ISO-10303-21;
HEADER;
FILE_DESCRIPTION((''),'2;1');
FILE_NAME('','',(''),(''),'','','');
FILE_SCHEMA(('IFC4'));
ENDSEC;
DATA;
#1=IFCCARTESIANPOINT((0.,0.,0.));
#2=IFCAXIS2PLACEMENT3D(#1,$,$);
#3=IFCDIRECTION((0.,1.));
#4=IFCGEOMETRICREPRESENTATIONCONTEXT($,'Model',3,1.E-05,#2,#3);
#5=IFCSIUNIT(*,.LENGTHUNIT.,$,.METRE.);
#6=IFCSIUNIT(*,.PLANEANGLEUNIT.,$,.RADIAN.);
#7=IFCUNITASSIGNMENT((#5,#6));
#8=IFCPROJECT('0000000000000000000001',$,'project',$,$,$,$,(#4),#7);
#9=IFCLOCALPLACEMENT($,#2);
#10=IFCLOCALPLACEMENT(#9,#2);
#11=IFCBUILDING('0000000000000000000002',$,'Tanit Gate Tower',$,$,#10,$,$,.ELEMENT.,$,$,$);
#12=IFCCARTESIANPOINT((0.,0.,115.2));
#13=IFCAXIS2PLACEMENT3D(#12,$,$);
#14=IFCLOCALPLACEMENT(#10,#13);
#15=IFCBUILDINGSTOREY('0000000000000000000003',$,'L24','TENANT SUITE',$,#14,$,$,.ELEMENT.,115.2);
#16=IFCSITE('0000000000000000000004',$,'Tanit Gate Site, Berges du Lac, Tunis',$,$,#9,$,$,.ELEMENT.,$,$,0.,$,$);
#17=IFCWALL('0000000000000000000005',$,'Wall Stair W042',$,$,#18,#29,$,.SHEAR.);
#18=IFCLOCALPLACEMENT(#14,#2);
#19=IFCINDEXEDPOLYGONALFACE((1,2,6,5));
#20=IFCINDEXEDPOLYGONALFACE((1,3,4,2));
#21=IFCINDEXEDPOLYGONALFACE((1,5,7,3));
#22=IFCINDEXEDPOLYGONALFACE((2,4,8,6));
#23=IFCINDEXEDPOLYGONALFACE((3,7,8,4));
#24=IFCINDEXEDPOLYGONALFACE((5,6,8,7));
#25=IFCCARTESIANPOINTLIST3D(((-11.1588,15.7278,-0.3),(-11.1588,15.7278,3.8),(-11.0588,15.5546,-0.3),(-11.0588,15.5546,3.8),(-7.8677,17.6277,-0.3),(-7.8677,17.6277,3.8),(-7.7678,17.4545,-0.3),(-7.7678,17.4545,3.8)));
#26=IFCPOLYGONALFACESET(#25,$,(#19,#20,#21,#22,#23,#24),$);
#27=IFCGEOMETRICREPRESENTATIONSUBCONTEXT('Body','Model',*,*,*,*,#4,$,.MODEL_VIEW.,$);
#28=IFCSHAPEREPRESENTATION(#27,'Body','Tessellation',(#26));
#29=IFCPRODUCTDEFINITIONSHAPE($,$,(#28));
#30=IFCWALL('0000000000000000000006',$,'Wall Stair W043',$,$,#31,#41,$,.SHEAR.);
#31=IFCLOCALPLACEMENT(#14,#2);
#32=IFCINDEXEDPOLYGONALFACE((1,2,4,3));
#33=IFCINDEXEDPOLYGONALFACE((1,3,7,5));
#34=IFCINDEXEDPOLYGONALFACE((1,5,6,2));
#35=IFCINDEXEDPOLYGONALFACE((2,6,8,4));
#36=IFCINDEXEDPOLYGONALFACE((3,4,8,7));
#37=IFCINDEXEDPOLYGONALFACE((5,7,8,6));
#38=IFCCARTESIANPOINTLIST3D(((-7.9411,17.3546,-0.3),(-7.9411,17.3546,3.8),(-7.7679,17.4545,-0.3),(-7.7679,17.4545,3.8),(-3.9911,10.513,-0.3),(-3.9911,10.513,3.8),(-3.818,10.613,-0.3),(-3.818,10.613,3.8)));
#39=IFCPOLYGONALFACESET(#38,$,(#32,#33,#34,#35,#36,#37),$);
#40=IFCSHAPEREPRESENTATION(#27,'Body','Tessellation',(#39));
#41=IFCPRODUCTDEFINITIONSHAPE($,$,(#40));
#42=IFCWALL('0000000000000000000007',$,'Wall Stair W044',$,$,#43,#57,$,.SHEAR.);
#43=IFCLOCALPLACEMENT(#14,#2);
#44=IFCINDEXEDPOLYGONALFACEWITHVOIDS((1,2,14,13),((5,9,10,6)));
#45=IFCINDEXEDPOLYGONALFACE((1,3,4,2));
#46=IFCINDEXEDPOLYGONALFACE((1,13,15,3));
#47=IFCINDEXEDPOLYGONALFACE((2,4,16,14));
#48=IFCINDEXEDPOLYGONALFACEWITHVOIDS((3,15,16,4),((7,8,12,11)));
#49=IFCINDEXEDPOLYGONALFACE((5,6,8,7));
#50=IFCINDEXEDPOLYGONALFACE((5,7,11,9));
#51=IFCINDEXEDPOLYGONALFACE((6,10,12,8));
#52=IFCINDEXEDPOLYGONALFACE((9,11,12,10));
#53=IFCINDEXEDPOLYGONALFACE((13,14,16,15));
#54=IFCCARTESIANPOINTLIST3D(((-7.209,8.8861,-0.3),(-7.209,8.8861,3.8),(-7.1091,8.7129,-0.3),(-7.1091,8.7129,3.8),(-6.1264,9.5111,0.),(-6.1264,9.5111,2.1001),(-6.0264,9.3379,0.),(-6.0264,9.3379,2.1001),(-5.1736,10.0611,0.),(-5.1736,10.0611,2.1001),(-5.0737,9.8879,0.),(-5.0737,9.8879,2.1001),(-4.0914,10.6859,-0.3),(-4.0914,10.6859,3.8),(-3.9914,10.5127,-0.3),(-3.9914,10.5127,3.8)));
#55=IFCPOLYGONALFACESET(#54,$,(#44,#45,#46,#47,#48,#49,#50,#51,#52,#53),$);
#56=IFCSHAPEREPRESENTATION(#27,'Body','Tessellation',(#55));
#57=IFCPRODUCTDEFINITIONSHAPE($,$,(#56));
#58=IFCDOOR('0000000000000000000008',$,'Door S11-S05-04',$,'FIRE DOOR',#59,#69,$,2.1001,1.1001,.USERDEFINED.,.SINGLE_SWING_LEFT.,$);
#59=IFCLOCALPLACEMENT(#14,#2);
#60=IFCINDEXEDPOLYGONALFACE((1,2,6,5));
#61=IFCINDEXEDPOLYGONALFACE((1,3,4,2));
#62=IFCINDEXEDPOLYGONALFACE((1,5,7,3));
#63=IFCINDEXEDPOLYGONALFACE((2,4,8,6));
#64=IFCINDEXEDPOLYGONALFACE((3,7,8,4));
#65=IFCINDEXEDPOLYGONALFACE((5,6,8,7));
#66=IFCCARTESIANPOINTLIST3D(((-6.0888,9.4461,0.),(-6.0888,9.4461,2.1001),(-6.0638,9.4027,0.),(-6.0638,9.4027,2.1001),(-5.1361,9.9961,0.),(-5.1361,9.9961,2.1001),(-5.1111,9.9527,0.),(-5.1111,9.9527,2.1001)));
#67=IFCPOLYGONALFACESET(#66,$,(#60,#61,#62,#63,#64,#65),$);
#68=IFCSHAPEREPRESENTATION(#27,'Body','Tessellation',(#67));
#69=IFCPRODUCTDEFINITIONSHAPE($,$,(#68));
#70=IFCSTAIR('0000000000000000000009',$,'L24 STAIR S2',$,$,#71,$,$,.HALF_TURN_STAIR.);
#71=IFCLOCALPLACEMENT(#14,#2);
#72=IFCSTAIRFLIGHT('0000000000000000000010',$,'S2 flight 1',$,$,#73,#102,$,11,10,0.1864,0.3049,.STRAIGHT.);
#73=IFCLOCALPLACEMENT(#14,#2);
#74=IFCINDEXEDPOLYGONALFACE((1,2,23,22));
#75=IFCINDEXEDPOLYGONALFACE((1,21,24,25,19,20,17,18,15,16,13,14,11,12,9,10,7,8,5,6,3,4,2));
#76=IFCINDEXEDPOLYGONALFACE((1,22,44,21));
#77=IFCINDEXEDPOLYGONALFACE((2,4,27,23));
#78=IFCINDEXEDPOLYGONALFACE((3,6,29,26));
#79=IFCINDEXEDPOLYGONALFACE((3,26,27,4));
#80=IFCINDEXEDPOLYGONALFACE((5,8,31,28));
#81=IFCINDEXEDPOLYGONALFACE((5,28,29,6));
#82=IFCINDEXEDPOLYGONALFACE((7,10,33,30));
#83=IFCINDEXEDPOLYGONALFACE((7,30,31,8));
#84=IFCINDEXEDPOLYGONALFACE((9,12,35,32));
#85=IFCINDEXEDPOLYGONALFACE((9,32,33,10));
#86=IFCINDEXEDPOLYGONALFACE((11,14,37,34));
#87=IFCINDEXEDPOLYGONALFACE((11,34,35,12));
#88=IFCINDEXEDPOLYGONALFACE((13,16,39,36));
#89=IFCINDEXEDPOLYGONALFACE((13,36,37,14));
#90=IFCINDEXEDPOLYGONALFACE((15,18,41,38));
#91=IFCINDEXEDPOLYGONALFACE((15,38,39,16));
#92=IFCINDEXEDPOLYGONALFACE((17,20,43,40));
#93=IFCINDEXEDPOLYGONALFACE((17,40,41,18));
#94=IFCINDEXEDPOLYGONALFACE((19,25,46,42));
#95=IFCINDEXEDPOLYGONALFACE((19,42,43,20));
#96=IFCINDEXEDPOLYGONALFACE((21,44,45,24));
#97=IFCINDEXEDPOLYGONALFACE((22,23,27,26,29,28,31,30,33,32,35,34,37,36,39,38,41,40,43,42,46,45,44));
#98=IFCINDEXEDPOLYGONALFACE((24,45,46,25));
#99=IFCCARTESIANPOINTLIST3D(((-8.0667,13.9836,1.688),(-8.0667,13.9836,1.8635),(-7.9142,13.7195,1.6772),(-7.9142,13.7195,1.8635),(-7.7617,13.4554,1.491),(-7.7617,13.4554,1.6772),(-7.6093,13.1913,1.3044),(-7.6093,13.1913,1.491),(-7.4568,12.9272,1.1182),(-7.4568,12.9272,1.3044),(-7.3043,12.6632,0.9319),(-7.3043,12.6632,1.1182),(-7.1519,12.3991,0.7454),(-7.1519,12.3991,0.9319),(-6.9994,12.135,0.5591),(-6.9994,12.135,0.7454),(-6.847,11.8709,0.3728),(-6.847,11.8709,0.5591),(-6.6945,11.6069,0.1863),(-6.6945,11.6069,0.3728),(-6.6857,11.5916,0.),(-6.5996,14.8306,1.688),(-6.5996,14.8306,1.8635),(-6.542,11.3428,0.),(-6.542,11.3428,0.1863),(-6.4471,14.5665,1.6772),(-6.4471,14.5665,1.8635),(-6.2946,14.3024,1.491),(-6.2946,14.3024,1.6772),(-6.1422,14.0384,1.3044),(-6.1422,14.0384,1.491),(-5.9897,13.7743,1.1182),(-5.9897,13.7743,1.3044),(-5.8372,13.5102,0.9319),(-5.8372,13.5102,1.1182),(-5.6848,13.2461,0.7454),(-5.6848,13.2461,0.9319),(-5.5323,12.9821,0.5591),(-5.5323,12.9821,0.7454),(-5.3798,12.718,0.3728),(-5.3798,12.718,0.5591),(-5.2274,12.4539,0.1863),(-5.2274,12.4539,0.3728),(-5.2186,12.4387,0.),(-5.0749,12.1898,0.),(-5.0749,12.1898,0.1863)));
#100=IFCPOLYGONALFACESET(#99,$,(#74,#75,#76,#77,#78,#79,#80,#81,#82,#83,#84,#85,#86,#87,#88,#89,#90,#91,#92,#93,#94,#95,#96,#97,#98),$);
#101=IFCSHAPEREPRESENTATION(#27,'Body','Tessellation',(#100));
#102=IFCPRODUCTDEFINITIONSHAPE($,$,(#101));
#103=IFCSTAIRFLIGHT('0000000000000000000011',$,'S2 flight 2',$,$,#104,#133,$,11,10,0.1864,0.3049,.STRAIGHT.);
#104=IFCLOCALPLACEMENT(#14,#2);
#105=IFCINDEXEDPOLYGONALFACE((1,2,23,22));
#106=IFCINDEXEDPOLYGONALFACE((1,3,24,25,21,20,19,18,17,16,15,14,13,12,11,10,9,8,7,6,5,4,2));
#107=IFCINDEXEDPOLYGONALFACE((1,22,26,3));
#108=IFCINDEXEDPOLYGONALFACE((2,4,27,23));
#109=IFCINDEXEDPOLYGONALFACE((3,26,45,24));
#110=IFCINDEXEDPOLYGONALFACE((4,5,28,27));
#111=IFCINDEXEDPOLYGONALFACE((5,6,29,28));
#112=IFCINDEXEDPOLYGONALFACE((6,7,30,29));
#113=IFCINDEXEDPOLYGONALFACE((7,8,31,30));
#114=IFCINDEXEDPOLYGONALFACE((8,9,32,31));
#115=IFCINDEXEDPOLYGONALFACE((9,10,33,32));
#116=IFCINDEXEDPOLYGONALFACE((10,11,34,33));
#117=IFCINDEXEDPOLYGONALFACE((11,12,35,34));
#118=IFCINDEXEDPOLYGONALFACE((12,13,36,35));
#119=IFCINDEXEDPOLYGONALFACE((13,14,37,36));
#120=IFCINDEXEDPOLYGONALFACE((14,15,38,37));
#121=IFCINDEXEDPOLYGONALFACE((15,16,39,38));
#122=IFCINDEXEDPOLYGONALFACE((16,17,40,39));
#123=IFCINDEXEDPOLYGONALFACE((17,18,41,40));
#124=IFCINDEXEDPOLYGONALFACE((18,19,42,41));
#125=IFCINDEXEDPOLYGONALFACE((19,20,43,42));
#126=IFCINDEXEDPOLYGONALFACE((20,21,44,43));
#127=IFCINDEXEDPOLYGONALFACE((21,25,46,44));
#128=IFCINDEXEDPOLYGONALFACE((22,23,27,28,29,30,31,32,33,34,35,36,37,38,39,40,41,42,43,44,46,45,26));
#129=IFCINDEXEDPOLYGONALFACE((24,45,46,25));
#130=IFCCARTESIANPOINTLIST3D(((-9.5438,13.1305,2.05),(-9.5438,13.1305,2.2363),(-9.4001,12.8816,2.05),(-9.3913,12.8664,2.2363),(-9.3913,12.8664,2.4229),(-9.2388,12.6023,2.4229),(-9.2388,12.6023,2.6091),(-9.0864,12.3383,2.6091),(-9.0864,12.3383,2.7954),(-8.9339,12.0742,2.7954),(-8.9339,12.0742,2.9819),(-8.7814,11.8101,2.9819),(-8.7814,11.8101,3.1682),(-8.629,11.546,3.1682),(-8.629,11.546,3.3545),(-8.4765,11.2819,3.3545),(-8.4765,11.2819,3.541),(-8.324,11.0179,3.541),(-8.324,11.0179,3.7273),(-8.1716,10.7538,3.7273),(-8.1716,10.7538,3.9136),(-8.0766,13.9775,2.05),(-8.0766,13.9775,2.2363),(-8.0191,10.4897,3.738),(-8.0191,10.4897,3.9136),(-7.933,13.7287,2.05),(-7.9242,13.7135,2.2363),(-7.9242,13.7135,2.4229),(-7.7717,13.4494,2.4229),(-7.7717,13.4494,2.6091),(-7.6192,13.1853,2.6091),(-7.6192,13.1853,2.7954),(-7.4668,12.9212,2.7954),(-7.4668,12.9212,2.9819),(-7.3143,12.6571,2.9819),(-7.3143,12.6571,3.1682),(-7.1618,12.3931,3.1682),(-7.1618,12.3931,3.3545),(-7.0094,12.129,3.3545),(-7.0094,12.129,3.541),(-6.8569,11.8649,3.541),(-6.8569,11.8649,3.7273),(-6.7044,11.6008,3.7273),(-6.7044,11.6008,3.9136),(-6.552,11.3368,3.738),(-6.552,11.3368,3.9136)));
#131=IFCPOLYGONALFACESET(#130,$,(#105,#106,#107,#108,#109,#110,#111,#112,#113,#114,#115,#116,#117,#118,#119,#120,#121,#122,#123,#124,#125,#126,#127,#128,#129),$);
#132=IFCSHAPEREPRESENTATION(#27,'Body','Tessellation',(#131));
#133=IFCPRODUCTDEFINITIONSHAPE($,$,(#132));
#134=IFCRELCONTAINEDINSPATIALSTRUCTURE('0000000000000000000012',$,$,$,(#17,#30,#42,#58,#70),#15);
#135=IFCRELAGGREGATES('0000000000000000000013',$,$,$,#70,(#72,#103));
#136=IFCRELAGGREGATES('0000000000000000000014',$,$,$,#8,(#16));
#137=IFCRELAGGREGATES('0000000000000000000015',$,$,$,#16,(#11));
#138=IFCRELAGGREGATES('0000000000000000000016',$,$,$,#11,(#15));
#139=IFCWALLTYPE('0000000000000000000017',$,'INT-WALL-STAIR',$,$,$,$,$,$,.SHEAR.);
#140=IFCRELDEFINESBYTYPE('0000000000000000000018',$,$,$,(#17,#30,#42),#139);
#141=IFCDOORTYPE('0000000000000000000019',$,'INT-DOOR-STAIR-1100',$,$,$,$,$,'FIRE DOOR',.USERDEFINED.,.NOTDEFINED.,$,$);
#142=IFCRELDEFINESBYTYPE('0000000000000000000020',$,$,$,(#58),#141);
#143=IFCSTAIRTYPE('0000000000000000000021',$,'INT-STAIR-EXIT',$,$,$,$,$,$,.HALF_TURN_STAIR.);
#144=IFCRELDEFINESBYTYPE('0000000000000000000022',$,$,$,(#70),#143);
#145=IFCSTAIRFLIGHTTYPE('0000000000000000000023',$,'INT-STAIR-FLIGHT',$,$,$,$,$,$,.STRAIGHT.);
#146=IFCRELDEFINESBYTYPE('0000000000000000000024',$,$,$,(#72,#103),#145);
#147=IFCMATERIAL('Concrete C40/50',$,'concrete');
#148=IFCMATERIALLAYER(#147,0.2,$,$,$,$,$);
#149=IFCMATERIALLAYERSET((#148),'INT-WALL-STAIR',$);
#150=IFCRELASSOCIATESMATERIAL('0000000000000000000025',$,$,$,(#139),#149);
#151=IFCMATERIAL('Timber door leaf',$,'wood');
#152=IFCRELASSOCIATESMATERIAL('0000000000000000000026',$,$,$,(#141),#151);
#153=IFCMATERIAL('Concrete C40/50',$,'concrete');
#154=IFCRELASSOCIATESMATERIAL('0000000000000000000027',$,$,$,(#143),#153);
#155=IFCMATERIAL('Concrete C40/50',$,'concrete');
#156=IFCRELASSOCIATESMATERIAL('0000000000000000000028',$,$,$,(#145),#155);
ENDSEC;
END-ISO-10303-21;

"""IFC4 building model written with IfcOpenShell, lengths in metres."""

from ifc_helpers import new_model, si_unit, direction, frame, frame_2d, origin, place, context, subcontext, project, spatial, polyline, rectangle, outline, extrude, material, layer, layer_set, type_object, element, fill, aggregate, save


model = new_model("IFC4")

# Units and contexts
model_context = context("Model", 3, precision=1e-05, world=origin(), true_north=direction((0.0, 1.0)))
body_context = subcontext(model_context, "Body", "Model", "MODEL_VIEW")
ifc_project = project(units=[si_unit("LENGTHUNIT", "METRE"), si_unit("PLANEANGLEUNIT", "RADIAN")], contexts=[model_context])

# Site, building, storey
site_placement = place(None, origin())
site = spatial("IfcSite", under=ifc_project, at=site_placement, Name="Tanit Gate Site, Berges du Lac, Tunis", CompositionType="ELEMENT", RefElevation=0.0)
building_placement = place(site_placement, origin())
building = spatial("IfcBuilding", under=site, at=building_placement, Name="Tanit Gate Tower", CompositionType="ELEMENT")
storey_placement = place(building_placement, frame((0.0, 0.0, 115.2)))
storey = spatial("IfcBuildingStorey", under=building, at=storey_placement, Name="L24", Description="TENANT SUITE", CompositionType="ELEMENT", Elevation=115.2)

# Walls
ifc_material_1 = material(Name="Concrete C40/50", Category="concrete")
ifc_layer_1 = layer(ifc_material_1, 0.2)
ifc_layer_set_1 = layer_set([ifc_layer_1], Name="INT-WALL-STAIR")
wall_type_1 = type_object("IfcWallType", Name="INT-WALL-STAIR", PredefinedType="SHEAR", material=ifc_layer_set_1)
wall_1_placement = place(storey_placement, frame((-7.8179, 17.541, -0.3), z_axis=(0.0, 0.0, 1.0), x_axis=(-0.866044, -0.499967, 0.0)))
element("IfcWall", 1, at=wall_1_placement, inside=storey, type_object=wall_type_1, Name="Wall Stair W042", PredefinedType="SHEAR", context=body_context, shape_type="SweptSolid", body=[
    extrude(rectangle(XDim=3.8, YDim=0.2, at=frame_2d((1.8999, 0.0))), origin(), (0.0, 0.0, 1.0), 4.1001),
])
wall_2_placement = place(storey_placement, frame((-7.8545, 17.4045, -0.3), z_axis=(0.0, 0.0, 1.0), x_axis=(0.499998, -0.866027, 0.0)))
element("IfcWall", 2, at=wall_2_placement, inside=storey, type_object=wall_type_1, Name="Wall Stair W043", PredefinedType="SHEAR", context=body_context, shape_type="SweptSolid", body=[
    extrude(rectangle(XDim=7.8999, YDim=0.2, at=frame_2d((3.95, 0.0))), origin(), (0.0, 0.0, 1.0), 4.1001),
])

# Wall, opening, door
wall_3_placement = place(storey_placement, frame((-7.1589, 8.7996, -0.3), z_axis=(0.0, 0.0, 1.0), x_axis=(0.866048, 0.499961, 0.0)))
wall_3 = element("IfcWall", 3, at=wall_3_placement, inside=storey, type_object=wall_type_1, Name="Wall Stair W044", PredefinedType="SHEAR", context=body_context, shape_type="SweptSolid", body=[
    extrude(rectangle(XDim=3.5999, YDim=0.2, at=frame_2d((1.7998, 0.0))), origin(), (0.0, 0.0, 1.0), 4.1001),
])
opening_1_placement = place(wall_3_placement, frame((1.25, 0.0, 0.3)))
opening_1 = element("IfcOpeningElement", 4, at=opening_1_placement, cuts=wall_3, PredefinedType="OPENING", context=body_context, shape_type="SweptSolid", body=[
    extrude(rectangle(XDim=1.1001, YDim=2.1001, at=frame_2d((0.55, 1.05))), frame((0.0, 0.1099, 0.0), z_axis=(0.0, -1.0, 0.0), x_axis=(1.0, 0.0, 0.0)), (0.0, 0.0, 1.0), 0.22),
])
ifc_material_2 = material(Name="Timber door leaf", Category="wood")
door_type_1 = type_object("IfcDoorType", Name="INT-DOOR-STAIR-1100", ElementType="FIRE DOOR", OperationType="NOTDEFINED", PredefinedType="USERDEFINED", material=ifc_material_2)
door_1_placement = place(opening_1_placement, origin())
door_1 = element("IfcDoor", 5, at=door_1_placement, inside=storey, type_object=door_type_1, Name="Door S11-S05-04", ObjectType="FIRE DOOR", OperationType="SINGLE_SWING_LEFT", OverallHeight=2.1001, OverallWidth=1.1001, PredefinedType="USERDEFINED", context=body_context, shape_type="SweptSolid", body=[
    extrude(rectangle(XDim=1.1001, YDim=2.1001, at=frame_2d((0.55, 1.05))), frame((0.0, 0.0249, 0.0), z_axis=(0.0, -1.0, 0.0), x_axis=(1.0, 0.0, 0.0)), (0.0, 0.0, 1.0), 0.05),
])
fill(opening_1, door_1)

# Stair, stair flights
ifc_material_3 = material(Name="Concrete C40/50", Category="concrete")
stair_type = type_object("IfcStairType", Name="INT-STAIR-EXIT", PredefinedType="HALF_TURN_STAIR", material=ifc_material_3)
stair_placement = place(storey_placement, origin())
stair = element("IfcStair", 6, at=stair_placement, inside=storey, type_object=stair_type, Name="L24 STAIR S2", PredefinedType="HALF_TURN_STAIR")
ifc_material_4 = material(Name="Concrete C40/50", Category="concrete")
stair_flight_type = type_object("IfcStairFlightType", Name="INT-STAIR-FLIGHT", PredefinedType="STRAIGHT", material=ifc_material_4)
stair_flight_1_placement = place(storey_placement, frame((-5.8083, 11.7664, 0.0), z_axis=(0.0, 0.0, 1.0), x_axis=(-0.5, 0.866025, 0.0)))
stair_flight_1 = element("IfcStairFlight", 7, at=stair_flight_1_placement, type_object=stair_flight_type, Name="S2 flight 1", NumberOfRisers=11, NumberOfTreads=10, PredefinedType="STRAIGHT", RiserHeight=0.1864, TreadLength=0.3049, context=body_context, shape_type="SweptSolid", body=[
    extrude(outline(polyline([(0.0, 0.0), (0.0, 0.1863), (0.3049, 0.1863), (0.3049, 0.3728), (0.6099, 0.3728), (0.6099, 0.5591), (0.9148, 0.5591), (0.9148, 0.7454), (1.2197, 0.7454), (1.2197, 0.9319), (1.5247, 0.9319), (1.5247, 1.1182), (1.8296, 1.1182), (1.8296, 1.3044), (2.1345, 1.3044), (2.1345, 1.491), (2.4395, 1.491), (2.4395, 1.6772), (2.7444, 1.6772), (2.7444, 1.8635), (3.0493, 1.8635), (3.0493, 2.05), (3.0493, 1.688), (0.2874, 0.0), (0.0, 0.0)])), frame((0.0, 0.8472, 0.0), z_axis=(0.0, -1.0, 0.0), x_axis=(1.0, 0.0, 0.0)), (0.0, 0.0, 1.0), 1.6941),
])
stair_flight_2_placement = place(storey_placement, frame((-8.8103, 13.554, 2.05), z_axis=(0.0, 0.0, 1.0), x_axis=(0.5, -0.866025, 0.0)))
stair_flight_2 = element("IfcStairFlight", 8, at=stair_flight_2_placement, type_object=stair_flight_type, Name="S2 flight 2", NumberOfRisers=11, NumberOfTreads=10, PredefinedType="STRAIGHT", RiserHeight=0.1864, TreadLength=0.3049, context=body_context, shape_type="SweptSolid", body=[
    extrude(outline(polyline([(0.0, 0.0), (0.0, 0.1863), (0.3049, 0.1863), (0.3049, 0.3728), (0.6099, 0.3728), (0.6099, 0.5591), (0.9148, 0.5591), (0.9148, 0.7454), (1.2197, 0.7454), (1.2197, 0.9319), (1.5247, 0.9319), (1.5247, 1.1182), (1.8296, 1.1182), (1.8296, 1.3044), (2.1345, 1.3044), (2.1345, 1.491), (2.4395, 1.491), (2.4395, 1.6772), (2.7444, 1.6772), (2.7444, 1.8635), (3.0493, 1.8635), (3.0493, 2.05), (3.0493, 1.688), (0.2874, 0.0), (0.0, 0.0)])), frame((0.0, 0.8472, 0.0), z_axis=(0.0, -1.0, 0.0), x_axis=(1.0, 0.0, 0.0)), (0.0, 0.0, 1.0), 1.6941),
])
aggregate(stair, [stair_flight_1, stair_flight_2])

save(model, "model.ifc")
